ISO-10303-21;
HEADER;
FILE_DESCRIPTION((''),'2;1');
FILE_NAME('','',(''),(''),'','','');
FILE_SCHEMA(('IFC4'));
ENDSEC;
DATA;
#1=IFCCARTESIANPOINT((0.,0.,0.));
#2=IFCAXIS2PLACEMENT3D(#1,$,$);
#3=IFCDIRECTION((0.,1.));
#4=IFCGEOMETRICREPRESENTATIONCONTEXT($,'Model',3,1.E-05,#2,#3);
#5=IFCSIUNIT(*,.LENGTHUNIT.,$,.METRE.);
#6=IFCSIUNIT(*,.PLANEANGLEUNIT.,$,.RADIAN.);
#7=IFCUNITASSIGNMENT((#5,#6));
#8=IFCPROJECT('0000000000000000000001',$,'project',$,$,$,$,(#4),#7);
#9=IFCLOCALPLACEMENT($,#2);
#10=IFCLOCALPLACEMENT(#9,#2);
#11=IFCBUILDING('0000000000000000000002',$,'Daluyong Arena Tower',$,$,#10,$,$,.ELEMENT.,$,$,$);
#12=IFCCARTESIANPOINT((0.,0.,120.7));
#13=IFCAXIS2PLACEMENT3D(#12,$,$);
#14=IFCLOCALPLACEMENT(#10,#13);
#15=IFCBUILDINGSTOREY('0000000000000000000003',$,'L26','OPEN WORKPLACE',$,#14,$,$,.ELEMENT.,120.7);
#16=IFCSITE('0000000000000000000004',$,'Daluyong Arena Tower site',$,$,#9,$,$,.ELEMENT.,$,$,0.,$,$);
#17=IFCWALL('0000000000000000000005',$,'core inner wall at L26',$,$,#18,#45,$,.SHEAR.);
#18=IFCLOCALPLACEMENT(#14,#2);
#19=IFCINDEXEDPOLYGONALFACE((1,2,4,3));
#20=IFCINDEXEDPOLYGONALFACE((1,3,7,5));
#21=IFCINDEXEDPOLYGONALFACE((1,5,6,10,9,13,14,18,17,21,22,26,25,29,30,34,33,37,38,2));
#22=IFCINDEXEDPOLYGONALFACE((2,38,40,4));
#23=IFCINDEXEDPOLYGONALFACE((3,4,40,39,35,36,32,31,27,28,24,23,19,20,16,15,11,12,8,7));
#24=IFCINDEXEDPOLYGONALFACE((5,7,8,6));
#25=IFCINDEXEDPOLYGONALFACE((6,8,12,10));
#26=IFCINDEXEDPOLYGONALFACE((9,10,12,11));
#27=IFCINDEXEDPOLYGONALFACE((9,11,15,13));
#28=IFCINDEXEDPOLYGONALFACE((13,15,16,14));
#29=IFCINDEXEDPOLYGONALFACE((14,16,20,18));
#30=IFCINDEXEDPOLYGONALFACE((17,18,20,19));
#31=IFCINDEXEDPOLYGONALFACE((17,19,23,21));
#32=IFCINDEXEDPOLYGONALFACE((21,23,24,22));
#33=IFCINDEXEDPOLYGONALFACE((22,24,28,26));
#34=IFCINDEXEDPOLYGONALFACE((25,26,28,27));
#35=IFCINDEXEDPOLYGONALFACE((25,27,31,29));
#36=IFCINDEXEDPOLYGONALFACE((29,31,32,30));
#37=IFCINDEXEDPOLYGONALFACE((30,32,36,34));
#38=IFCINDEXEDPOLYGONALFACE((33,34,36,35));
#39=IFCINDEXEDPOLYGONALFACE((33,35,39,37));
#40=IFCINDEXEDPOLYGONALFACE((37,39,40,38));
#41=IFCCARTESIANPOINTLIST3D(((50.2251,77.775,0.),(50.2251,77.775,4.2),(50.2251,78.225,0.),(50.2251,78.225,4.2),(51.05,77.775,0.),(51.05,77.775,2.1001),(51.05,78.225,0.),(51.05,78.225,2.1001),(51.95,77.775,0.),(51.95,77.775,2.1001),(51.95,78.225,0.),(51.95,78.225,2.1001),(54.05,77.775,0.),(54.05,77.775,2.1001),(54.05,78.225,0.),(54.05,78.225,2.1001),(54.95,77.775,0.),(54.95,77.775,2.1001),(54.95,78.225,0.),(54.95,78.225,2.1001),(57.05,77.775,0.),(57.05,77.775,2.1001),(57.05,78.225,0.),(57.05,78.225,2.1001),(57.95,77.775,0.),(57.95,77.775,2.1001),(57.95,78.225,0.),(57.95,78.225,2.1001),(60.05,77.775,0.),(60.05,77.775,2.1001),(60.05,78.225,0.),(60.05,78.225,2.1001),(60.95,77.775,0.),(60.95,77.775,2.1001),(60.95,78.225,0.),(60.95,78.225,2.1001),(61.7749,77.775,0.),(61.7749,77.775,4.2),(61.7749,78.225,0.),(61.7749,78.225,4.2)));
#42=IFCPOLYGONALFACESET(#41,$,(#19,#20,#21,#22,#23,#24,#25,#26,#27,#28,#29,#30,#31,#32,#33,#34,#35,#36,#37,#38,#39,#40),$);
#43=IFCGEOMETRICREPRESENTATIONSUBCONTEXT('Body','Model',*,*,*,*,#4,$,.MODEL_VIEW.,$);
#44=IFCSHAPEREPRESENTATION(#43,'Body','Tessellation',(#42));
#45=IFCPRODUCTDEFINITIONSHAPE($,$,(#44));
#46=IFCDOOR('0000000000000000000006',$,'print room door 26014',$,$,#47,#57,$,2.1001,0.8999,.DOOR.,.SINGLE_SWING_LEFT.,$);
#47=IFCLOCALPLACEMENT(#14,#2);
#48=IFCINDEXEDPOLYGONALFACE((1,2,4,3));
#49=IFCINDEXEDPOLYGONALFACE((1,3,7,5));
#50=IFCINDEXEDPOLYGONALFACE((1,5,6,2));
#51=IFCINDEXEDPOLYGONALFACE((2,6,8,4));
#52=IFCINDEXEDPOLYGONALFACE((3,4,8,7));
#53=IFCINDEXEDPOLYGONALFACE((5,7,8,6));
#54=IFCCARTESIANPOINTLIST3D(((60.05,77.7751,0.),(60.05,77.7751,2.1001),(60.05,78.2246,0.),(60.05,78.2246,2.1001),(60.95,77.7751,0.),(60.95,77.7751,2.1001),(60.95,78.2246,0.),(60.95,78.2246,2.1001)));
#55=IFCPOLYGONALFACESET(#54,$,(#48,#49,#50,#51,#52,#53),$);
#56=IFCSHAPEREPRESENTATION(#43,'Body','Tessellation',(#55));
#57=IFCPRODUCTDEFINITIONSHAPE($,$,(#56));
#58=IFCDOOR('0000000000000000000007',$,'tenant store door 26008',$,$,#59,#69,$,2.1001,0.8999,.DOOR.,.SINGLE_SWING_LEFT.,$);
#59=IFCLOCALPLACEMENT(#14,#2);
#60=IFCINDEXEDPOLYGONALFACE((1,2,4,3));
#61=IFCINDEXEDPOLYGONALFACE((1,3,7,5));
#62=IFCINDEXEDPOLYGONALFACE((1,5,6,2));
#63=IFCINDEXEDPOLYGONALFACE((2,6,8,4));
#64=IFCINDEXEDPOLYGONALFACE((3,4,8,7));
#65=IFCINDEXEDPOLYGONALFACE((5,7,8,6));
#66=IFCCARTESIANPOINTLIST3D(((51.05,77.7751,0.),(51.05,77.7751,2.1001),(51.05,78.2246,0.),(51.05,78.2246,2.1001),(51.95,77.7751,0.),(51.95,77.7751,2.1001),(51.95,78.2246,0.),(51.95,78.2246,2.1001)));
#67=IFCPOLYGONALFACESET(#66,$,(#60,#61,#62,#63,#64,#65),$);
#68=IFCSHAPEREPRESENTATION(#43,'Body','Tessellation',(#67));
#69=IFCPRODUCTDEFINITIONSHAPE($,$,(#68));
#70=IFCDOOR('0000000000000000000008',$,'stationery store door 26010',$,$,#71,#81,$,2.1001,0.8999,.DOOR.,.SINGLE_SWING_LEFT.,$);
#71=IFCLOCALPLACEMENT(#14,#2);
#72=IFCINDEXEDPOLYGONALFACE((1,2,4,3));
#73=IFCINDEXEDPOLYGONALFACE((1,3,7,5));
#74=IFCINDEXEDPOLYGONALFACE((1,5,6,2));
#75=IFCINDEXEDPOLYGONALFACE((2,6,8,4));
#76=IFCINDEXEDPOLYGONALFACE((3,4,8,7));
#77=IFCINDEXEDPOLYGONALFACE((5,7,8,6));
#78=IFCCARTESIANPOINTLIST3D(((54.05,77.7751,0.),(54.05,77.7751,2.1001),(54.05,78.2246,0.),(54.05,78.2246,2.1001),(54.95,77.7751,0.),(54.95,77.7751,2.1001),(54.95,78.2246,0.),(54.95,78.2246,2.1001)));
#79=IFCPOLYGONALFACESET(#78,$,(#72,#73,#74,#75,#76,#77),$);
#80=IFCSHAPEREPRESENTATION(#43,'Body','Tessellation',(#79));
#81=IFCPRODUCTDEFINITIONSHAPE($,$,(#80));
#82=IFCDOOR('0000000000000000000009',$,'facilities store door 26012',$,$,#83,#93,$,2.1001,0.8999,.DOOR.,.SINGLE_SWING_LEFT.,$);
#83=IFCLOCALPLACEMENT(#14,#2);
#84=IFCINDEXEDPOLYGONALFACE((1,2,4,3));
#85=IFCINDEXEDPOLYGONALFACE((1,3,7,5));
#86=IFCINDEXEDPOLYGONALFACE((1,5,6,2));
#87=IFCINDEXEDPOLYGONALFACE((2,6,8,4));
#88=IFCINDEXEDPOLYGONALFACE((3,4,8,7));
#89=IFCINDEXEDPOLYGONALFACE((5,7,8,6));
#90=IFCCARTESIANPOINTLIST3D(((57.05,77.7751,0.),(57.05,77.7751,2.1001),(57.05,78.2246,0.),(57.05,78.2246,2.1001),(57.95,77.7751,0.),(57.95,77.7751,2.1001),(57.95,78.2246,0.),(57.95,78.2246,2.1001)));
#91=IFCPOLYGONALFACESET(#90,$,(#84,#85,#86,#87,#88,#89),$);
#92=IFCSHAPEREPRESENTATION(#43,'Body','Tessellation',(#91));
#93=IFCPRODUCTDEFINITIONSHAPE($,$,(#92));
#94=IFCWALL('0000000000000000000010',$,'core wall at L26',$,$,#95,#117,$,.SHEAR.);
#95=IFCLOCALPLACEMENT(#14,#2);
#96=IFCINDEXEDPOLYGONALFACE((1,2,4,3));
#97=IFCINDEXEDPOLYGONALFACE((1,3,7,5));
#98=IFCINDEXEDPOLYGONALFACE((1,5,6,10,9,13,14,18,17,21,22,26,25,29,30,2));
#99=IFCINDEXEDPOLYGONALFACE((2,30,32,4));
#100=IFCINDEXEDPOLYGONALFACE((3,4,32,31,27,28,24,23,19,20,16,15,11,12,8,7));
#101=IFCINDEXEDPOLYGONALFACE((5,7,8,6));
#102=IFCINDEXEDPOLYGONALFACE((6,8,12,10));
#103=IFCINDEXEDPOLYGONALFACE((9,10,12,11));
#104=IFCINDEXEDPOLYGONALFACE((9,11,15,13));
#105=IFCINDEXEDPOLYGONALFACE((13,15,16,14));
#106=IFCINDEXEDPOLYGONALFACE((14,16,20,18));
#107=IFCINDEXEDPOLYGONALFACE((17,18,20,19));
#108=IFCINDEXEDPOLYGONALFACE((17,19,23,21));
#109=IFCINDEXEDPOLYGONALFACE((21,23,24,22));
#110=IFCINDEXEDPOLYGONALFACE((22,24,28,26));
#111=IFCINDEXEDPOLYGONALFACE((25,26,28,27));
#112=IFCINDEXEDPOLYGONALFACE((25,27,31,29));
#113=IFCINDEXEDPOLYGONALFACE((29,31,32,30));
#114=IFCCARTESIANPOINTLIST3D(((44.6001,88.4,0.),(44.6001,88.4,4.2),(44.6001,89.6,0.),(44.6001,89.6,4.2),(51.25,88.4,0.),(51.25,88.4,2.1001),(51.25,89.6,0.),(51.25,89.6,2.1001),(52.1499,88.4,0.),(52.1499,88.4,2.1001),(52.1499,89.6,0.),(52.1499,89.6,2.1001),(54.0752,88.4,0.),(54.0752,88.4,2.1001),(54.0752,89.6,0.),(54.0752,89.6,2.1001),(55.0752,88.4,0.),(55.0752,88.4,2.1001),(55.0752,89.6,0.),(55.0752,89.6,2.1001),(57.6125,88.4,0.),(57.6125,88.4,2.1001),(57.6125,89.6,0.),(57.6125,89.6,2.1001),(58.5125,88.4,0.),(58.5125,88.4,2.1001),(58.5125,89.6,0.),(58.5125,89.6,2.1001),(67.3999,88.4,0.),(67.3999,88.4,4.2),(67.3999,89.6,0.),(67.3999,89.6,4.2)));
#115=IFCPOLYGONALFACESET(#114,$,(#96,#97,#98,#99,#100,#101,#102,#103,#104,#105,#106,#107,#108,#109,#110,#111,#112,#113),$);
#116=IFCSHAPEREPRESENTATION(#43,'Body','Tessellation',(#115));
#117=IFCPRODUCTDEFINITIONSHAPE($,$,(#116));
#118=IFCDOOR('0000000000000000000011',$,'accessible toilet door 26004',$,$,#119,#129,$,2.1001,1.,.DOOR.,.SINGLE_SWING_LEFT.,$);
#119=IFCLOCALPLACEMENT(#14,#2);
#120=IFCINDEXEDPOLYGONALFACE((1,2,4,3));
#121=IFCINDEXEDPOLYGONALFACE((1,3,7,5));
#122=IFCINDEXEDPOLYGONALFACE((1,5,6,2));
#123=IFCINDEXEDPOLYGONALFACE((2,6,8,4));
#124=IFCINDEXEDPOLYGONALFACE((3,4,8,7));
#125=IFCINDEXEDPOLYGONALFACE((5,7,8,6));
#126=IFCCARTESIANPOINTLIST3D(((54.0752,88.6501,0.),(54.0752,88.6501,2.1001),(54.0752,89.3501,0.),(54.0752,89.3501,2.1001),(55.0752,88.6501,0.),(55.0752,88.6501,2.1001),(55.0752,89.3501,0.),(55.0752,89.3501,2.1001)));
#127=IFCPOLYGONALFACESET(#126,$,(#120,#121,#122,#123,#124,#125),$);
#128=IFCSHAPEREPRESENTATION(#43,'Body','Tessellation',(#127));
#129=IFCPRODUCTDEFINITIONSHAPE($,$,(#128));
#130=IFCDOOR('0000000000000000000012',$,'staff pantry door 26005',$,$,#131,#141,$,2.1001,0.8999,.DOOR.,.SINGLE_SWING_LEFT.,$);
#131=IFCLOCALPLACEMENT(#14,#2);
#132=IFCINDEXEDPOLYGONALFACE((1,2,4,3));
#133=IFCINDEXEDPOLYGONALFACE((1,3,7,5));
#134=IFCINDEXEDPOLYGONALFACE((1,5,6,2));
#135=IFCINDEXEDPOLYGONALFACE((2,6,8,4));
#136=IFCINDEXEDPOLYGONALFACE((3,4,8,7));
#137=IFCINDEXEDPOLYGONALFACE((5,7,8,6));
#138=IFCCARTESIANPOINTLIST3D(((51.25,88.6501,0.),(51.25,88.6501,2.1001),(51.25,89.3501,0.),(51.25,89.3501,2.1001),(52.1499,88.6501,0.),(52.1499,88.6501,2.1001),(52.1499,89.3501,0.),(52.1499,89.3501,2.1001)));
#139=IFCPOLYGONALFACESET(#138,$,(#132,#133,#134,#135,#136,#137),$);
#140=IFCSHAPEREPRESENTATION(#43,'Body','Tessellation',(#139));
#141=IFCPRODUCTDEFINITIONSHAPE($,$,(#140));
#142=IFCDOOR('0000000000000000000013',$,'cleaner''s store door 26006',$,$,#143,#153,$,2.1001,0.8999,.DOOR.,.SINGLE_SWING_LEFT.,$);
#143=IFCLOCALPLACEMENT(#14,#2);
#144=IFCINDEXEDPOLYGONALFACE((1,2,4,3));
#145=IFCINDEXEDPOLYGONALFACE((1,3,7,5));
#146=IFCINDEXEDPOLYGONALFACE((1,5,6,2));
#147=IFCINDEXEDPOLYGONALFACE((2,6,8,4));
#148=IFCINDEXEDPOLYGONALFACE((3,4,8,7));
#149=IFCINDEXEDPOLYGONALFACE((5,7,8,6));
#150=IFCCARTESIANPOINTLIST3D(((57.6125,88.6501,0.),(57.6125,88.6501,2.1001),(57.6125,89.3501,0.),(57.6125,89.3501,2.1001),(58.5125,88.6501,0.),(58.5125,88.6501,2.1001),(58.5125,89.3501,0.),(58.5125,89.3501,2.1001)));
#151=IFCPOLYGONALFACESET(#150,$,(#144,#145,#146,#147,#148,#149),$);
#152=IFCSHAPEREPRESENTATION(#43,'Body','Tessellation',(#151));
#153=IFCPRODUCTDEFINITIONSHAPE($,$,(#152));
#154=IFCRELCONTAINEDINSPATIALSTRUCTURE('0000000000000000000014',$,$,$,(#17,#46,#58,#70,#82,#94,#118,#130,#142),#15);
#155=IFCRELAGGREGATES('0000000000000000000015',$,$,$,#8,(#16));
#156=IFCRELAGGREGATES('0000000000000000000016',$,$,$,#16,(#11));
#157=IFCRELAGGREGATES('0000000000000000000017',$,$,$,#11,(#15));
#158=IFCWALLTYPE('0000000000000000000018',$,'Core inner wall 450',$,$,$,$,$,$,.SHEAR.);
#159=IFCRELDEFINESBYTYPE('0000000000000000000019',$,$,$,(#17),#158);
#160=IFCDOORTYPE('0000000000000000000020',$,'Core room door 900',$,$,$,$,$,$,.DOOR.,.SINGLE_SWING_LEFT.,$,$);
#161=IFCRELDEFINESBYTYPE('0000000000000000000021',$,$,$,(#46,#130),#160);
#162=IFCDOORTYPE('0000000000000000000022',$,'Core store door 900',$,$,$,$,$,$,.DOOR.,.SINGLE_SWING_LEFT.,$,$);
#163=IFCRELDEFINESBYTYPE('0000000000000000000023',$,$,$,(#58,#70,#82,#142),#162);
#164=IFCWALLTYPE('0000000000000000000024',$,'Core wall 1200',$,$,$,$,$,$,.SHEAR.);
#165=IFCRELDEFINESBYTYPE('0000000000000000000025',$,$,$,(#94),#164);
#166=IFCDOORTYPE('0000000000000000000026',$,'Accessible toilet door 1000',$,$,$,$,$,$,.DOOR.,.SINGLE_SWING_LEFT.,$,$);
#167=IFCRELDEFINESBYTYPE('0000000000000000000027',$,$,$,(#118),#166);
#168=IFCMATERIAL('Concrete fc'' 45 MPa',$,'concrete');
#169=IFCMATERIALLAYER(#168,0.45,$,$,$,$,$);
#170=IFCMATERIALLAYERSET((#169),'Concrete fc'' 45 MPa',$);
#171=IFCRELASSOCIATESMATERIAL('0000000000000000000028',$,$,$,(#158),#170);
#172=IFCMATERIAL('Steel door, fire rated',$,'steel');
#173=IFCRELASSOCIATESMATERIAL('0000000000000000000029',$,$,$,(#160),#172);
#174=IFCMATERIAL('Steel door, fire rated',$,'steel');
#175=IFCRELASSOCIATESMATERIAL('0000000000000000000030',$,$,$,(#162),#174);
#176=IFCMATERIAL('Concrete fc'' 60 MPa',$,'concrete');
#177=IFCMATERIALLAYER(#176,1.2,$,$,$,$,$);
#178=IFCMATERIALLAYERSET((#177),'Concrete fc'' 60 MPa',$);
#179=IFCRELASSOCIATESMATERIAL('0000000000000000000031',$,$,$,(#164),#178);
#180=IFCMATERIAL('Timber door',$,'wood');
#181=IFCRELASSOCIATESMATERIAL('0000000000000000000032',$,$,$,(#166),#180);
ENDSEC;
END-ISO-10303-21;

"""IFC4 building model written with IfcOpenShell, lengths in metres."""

from ifc_helpers import new_model, si_unit, direction, frame, frame_2d, origin, place, context, subcontext, project, spatial, rectangle, extrude, material, layer, layer_set, type_object, element, fill, save


model = new_model("IFC4")

# Units and contexts
model_context = context("Model", 3, precision=1e-05, world=origin(), true_north=direction((0.0, 1.0)))
body_context = subcontext(model_context, "Body", "Model", "MODEL_VIEW")
ifc_project = project(units=[si_unit("LENGTHUNIT", "METRE"), si_unit("PLANEANGLEUNIT", "RADIAN")], contexts=[model_context])

# Site, building, storey
site_placement = place(None, origin())
site = spatial("IfcSite", under=ifc_project, at=site_placement, Name="Daluyong Arena Tower site", CompositionType="ELEMENT", RefElevation=0.0)
building_placement = place(site_placement, origin())
building = spatial("IfcBuilding", under=site, at=building_placement, Name="Daluyong Arena Tower", CompositionType="ELEMENT")
storey_placement = place(building_placement, frame((0.0, 0.0, 120.7)))
storey = spatial("IfcBuildingStorey", under=building, at=storey_placement, Name="L26", Description="OPEN WORKPLACE", CompositionType="ELEMENT", Elevation=120.7)

# Shared definitions
ifc_material_1 = material(Name="Concrete fc' 45 MPa", Category="concrete")
ifc_layer_1 = layer(ifc_material_1, 0.45)
ifc_layer_set_1 = layer_set([ifc_layer_1], Name="Concrete fc' 45 MPa")
wall_type_1 = type_object("IfcWallType", Name="Core inner wall 450", PredefinedType="SHEAR", material=ifc_layer_set_1)

# Walls, openings, doors
wall_1_placement = place(storey_placement, frame((50.2251, 78.0, 0.0), z_axis=(0.0, 0.0, 1.0), x_axis=(1.0, 0.0, 0.0)))
wall_1 = element("IfcWall", 1, at=wall_1_placement, inside=storey, type_object=wall_type_1, Name="core inner wall at L26", PredefinedType="SHEAR", context=body_context, shape_type="SweptSolid", body=[
    extrude(rectangle(XDim=11.5498, YDim=0.45, at=frame_2d((5.7749, 0.0))), origin(), (0.0, 0.0, 1.0), 4.2),
])
opening_1_placement = place(wall_1_placement, frame((0.825, 0.0, 0.0)))
opening_1 = element("IfcOpeningElement", 2, at=opening_1_placement, cuts=wall_1, PredefinedType="OPENING", context=body_context, shape_type="SweptSolid", body=[
    extrude(rectangle(XDim=0.8999, YDim=2.1001, at=frame_2d((0.45, 1.05))), frame((0.0, 0.2349, 0.0), z_axis=(0.0, -1.0, 0.0), x_axis=(1.0, 0.0, 0.0)), (0.0, 0.0, 1.0), 0.47),
])
opening_2_placement = place(wall_1_placement, frame((3.825, 0.0, 0.0)))
opening_2 = element("IfcOpeningElement", 3, at=opening_2_placement, cuts=wall_1, PredefinedType="OPENING", context=body_context, shape_type="SweptSolid", body=[
    extrude(rectangle(XDim=0.8999, YDim=2.1001, at=frame_2d((0.45, 1.05))), frame((0.0, 0.2349, 0.0), z_axis=(0.0, -1.0, 0.0), x_axis=(1.0, 0.0, 0.0)), (0.0, 0.0, 1.0), 0.47),
])
opening_3_placement = place(wall_1_placement, frame((6.825, 0.0, 0.0)))
opening_3 = element("IfcOpeningElement", 4, at=opening_3_placement, cuts=wall_1, PredefinedType="OPENING", context=body_context, shape_type="SweptSolid", body=[
    extrude(rectangle(XDim=0.8999, YDim=2.1001, at=frame_2d((0.45, 1.05))), frame((0.0, 0.2349, 0.0), z_axis=(0.0, -1.0, 0.0), x_axis=(1.0, 0.0, 0.0)), (0.0, 0.0, 1.0), 0.47),
])
opening_4_placement = place(wall_1_placement, frame((9.825, 0.0, 0.0)))
opening_4 = element("IfcOpeningElement", 5, at=opening_4_placement, cuts=wall_1, PredefinedType="OPENING", context=body_context, shape_type="SweptSolid", body=[
    extrude(rectangle(XDim=0.8999, YDim=2.1001, at=frame_2d((0.45, 1.05))), frame((0.0, 0.2349, 0.0), z_axis=(0.0, -1.0, 0.0), x_axis=(1.0, 0.0, 0.0)), (0.0, 0.0, 1.0), 0.47),
])
ifc_material_2 = material(Name="Steel door, fire rated", Category="steel")
door_type_1 = type_object("IfcDoorType", Name="Core room door 900", OperationType="SINGLE_SWING_LEFT", PredefinedType="DOOR", material=ifc_material_2)
door_1_placement = place(opening_4_placement, origin())
door_1 = element("IfcDoor", 6, at=door_1_placement, inside=storey, type_object=door_type_1, Name="print room door 26014", OperationType="SINGLE_SWING_LEFT", OverallHeight=2.1001, OverallWidth=0.8999, PredefinedType="DOOR", context=body_context, shape_type="SweptSolid", body=[
    extrude(rectangle(XDim=0.8999, YDim=2.1001, at=frame_2d((0.45, 1.05))), frame((0.0, 0.2246, 0.0), z_axis=(0.0, -1.0, 0.0), x_axis=(1.0, 0.0, 0.0)), (0.0, 0.0, 1.0), 0.4495),
])
fill(opening_4, door_1)
ifc_material_3 = material(Name="Steel door, fire rated", Category="steel")
door_type_2 = type_object("IfcDoorType", Name="Core store door 900", OperationType="SINGLE_SWING_LEFT", PredefinedType="DOOR", material=ifc_material_3)
door_2_placement = place(opening_1_placement, origin())
door_2 = element("IfcDoor", 7, at=door_2_placement, inside=storey, type_object=door_type_2, Name="tenant store door 26008", OperationType="SINGLE_SWING_LEFT", OverallHeight=2.1001, OverallWidth=0.8999, PredefinedType="DOOR", context=body_context, shape_type="SweptSolid", body=[
    extrude(rectangle(XDim=0.8999, YDim=2.1001, at=frame_2d((0.45, 1.05))), frame((0.0, 0.2246, 0.0), z_axis=(0.0, -1.0, 0.0), x_axis=(1.0, 0.0, 0.0)), (0.0, 0.0, 1.0), 0.4495),
])
fill(opening_1, door_2)
door_3_placement = place(opening_2_placement, origin())
door_3 = element("IfcDoor", 8, at=door_3_placement, inside=storey, type_object=door_type_2, Name="stationery store door 26010", OperationType="SINGLE_SWING_LEFT", OverallHeight=2.1001, OverallWidth=0.8999, PredefinedType="DOOR", context=body_context, shape_type="SweptSolid", body=[
    extrude(rectangle(XDim=0.8999, YDim=2.1001, at=frame_2d((0.45, 1.05))), frame((0.0, 0.2246, 0.0), z_axis=(0.0, -1.0, 0.0), x_axis=(1.0, 0.0, 0.0)), (0.0, 0.0, 1.0), 0.4495),
])
fill(opening_2, door_3)
door_4_placement = place(opening_3_placement, origin())
door_4 = element("IfcDoor", 9, at=door_4_placement, inside=storey, type_object=door_type_2, Name="facilities store door 26012", OperationType="SINGLE_SWING_LEFT", OverallHeight=2.1001, OverallWidth=0.8999, PredefinedType="DOOR", context=body_context, shape_type="SweptSolid", body=[
    extrude(rectangle(XDim=0.8999, YDim=2.1001, at=frame_2d((0.45, 1.05))), frame((0.0, 0.2246, 0.0), z_axis=(0.0, -1.0, 0.0), x_axis=(1.0, 0.0, 0.0)), (0.0, 0.0, 1.0), 0.4495),
])
fill(opening_3, door_4)
ifc_material_4 = material(Name="Concrete fc' 60 MPa", Category="concrete")
ifc_layer_2 = layer(ifc_material_4, 1.2)
ifc_layer_set_2 = layer_set([ifc_layer_2], Name="Concrete fc' 60 MPa")
wall_type_2 = type_object("IfcWallType", Name="Core wall 1200", PredefinedType="SHEAR", material=ifc_layer_set_2)
wall_2_placement = place(storey_placement, frame((44.6001, 89.0, 0.0), z_axis=(0.0, 0.0, 1.0), x_axis=(1.0, 0.0, 0.0)))
wall_2 = element("IfcWall", 10, at=wall_2_placement, inside=storey, type_object=wall_type_2, Name="core wall at L26", PredefinedType="SHEAR", context=body_context, shape_type="SweptSolid", body=[
    extrude(rectangle(XDim=22.7998, YDim=1.2, at=frame_2d((11.3999, 0.0))), origin(), (0.0, 0.0, 1.0), 4.2),
])
opening_5_placement = place(wall_2_placement, frame((9.4751, 0.0, 0.0)))
opening_5 = element("IfcOpeningElement", 11, at=opening_5_placement, cuts=wall_2, PredefinedType="OPENING", context=body_context, shape_type="SweptSolid", body=[
    extrude(rectangle(XDim=1.0, YDim=2.1001, at=frame_2d((0.5, 1.05))), frame((0.0, 0.6099, 0.0), z_axis=(0.0, -1.0, 0.0), x_axis=(1.0, 0.0, 0.0)), (0.0, 0.0, 1.0), 1.22),
])
opening_6_placement = place(wall_2_placement, frame((6.6499, 0.0, 0.0)))
opening_6 = element("IfcOpeningElement", 12, at=opening_6_placement, cuts=wall_2, PredefinedType="OPENING", context=body_context, shape_type="SweptSolid", body=[
    extrude(rectangle(XDim=0.8999, YDim=2.1001, at=frame_2d((0.45, 1.05))), frame((0.0, 0.6099, 0.0), z_axis=(0.0, -1.0, 0.0), x_axis=(1.0, 0.0, 0.0)), (0.0, 0.0, 1.0), 1.22),
])
opening_7_placement = place(wall_2_placement, frame((13.0125, 0.0, 0.0)))
opening_7 = element("IfcOpeningElement", 13, at=opening_7_placement, cuts=wall_2, PredefinedType="OPENING", context=body_context, shape_type="SweptSolid", body=[
    extrude(rectangle(XDim=0.8999, YDim=2.1001, at=frame_2d((0.45, 1.05))), frame((0.0, 0.6099, 0.0), z_axis=(0.0, -1.0, 0.0), x_axis=(1.0, 0.0, 0.0)), (0.0, 0.0, 1.0), 1.22),
])
ifc_material_5 = material(Name="Timber door", Category="wood")
door_type_3 = type_object("IfcDoorType", Name="Accessible toilet door 1000", OperationType="SINGLE_SWING_LEFT", PredefinedType="DOOR", material=ifc_material_5)
door_5_placement = place(opening_5_placement, origin())
door_5 = element("IfcDoor", 14, at=door_5_placement, inside=storey, type_object=door_type_3, Name="accessible toilet door 26004", OperationType="SINGLE_SWING_LEFT", OverallHeight=2.1001, OverallWidth=1.0, PredefinedType="DOOR", context=body_context, shape_type="SweptSolid", body=[
    extrude(rectangle(XDim=1.0, YDim=2.1001, at=frame_2d((0.5, 1.05))), frame((0.0, 0.3501, 0.0), z_axis=(0.0, -1.0, 0.0), x_axis=(1.0, 0.0, 0.0)), (0.0, 0.0, 1.0), 0.7),
])
fill(opening_5, door_5)
door_6_placement = place(opening_6_placement, origin())
door_6 = element("IfcDoor", 15, at=door_6_placement, inside=storey, type_object=door_type_1, Name="staff pantry door 26005", OperationType="SINGLE_SWING_LEFT", OverallHeight=2.1001, OverallWidth=0.8999, PredefinedType="DOOR", context=body_context, shape_type="SweptSolid", body=[
    extrude(rectangle(XDim=0.8999, YDim=2.1001, at=frame_2d((0.45, 1.05))), frame((0.0, 0.3501, 0.0), z_axis=(0.0, -1.0, 0.0), x_axis=(1.0, 0.0, 0.0)), (0.0, 0.0, 1.0), 0.7),
])
fill(opening_6, door_6)
door_7_placement = place(opening_7_placement, origin())
door_7 = element("IfcDoor", 16, at=door_7_placement, inside=storey, type_object=door_type_2, Name="cleaner's store door 26006", OperationType="SINGLE_SWING_LEFT", OverallHeight=2.1001, OverallWidth=0.8999, PredefinedType="DOOR", context=body_context, shape_type="SweptSolid", body=[
    extrude(rectangle(XDim=0.8999, YDim=2.1001, at=frame_2d((0.45, 1.05))), frame((0.0, 0.3501, 0.0), z_axis=(0.0, -1.0, 0.0), x_axis=(1.0, 0.0, 0.0)), (0.0, 0.0, 1.0), 0.7),
])
fill(opening_7, door_7)

save(model, "model.ifc")
